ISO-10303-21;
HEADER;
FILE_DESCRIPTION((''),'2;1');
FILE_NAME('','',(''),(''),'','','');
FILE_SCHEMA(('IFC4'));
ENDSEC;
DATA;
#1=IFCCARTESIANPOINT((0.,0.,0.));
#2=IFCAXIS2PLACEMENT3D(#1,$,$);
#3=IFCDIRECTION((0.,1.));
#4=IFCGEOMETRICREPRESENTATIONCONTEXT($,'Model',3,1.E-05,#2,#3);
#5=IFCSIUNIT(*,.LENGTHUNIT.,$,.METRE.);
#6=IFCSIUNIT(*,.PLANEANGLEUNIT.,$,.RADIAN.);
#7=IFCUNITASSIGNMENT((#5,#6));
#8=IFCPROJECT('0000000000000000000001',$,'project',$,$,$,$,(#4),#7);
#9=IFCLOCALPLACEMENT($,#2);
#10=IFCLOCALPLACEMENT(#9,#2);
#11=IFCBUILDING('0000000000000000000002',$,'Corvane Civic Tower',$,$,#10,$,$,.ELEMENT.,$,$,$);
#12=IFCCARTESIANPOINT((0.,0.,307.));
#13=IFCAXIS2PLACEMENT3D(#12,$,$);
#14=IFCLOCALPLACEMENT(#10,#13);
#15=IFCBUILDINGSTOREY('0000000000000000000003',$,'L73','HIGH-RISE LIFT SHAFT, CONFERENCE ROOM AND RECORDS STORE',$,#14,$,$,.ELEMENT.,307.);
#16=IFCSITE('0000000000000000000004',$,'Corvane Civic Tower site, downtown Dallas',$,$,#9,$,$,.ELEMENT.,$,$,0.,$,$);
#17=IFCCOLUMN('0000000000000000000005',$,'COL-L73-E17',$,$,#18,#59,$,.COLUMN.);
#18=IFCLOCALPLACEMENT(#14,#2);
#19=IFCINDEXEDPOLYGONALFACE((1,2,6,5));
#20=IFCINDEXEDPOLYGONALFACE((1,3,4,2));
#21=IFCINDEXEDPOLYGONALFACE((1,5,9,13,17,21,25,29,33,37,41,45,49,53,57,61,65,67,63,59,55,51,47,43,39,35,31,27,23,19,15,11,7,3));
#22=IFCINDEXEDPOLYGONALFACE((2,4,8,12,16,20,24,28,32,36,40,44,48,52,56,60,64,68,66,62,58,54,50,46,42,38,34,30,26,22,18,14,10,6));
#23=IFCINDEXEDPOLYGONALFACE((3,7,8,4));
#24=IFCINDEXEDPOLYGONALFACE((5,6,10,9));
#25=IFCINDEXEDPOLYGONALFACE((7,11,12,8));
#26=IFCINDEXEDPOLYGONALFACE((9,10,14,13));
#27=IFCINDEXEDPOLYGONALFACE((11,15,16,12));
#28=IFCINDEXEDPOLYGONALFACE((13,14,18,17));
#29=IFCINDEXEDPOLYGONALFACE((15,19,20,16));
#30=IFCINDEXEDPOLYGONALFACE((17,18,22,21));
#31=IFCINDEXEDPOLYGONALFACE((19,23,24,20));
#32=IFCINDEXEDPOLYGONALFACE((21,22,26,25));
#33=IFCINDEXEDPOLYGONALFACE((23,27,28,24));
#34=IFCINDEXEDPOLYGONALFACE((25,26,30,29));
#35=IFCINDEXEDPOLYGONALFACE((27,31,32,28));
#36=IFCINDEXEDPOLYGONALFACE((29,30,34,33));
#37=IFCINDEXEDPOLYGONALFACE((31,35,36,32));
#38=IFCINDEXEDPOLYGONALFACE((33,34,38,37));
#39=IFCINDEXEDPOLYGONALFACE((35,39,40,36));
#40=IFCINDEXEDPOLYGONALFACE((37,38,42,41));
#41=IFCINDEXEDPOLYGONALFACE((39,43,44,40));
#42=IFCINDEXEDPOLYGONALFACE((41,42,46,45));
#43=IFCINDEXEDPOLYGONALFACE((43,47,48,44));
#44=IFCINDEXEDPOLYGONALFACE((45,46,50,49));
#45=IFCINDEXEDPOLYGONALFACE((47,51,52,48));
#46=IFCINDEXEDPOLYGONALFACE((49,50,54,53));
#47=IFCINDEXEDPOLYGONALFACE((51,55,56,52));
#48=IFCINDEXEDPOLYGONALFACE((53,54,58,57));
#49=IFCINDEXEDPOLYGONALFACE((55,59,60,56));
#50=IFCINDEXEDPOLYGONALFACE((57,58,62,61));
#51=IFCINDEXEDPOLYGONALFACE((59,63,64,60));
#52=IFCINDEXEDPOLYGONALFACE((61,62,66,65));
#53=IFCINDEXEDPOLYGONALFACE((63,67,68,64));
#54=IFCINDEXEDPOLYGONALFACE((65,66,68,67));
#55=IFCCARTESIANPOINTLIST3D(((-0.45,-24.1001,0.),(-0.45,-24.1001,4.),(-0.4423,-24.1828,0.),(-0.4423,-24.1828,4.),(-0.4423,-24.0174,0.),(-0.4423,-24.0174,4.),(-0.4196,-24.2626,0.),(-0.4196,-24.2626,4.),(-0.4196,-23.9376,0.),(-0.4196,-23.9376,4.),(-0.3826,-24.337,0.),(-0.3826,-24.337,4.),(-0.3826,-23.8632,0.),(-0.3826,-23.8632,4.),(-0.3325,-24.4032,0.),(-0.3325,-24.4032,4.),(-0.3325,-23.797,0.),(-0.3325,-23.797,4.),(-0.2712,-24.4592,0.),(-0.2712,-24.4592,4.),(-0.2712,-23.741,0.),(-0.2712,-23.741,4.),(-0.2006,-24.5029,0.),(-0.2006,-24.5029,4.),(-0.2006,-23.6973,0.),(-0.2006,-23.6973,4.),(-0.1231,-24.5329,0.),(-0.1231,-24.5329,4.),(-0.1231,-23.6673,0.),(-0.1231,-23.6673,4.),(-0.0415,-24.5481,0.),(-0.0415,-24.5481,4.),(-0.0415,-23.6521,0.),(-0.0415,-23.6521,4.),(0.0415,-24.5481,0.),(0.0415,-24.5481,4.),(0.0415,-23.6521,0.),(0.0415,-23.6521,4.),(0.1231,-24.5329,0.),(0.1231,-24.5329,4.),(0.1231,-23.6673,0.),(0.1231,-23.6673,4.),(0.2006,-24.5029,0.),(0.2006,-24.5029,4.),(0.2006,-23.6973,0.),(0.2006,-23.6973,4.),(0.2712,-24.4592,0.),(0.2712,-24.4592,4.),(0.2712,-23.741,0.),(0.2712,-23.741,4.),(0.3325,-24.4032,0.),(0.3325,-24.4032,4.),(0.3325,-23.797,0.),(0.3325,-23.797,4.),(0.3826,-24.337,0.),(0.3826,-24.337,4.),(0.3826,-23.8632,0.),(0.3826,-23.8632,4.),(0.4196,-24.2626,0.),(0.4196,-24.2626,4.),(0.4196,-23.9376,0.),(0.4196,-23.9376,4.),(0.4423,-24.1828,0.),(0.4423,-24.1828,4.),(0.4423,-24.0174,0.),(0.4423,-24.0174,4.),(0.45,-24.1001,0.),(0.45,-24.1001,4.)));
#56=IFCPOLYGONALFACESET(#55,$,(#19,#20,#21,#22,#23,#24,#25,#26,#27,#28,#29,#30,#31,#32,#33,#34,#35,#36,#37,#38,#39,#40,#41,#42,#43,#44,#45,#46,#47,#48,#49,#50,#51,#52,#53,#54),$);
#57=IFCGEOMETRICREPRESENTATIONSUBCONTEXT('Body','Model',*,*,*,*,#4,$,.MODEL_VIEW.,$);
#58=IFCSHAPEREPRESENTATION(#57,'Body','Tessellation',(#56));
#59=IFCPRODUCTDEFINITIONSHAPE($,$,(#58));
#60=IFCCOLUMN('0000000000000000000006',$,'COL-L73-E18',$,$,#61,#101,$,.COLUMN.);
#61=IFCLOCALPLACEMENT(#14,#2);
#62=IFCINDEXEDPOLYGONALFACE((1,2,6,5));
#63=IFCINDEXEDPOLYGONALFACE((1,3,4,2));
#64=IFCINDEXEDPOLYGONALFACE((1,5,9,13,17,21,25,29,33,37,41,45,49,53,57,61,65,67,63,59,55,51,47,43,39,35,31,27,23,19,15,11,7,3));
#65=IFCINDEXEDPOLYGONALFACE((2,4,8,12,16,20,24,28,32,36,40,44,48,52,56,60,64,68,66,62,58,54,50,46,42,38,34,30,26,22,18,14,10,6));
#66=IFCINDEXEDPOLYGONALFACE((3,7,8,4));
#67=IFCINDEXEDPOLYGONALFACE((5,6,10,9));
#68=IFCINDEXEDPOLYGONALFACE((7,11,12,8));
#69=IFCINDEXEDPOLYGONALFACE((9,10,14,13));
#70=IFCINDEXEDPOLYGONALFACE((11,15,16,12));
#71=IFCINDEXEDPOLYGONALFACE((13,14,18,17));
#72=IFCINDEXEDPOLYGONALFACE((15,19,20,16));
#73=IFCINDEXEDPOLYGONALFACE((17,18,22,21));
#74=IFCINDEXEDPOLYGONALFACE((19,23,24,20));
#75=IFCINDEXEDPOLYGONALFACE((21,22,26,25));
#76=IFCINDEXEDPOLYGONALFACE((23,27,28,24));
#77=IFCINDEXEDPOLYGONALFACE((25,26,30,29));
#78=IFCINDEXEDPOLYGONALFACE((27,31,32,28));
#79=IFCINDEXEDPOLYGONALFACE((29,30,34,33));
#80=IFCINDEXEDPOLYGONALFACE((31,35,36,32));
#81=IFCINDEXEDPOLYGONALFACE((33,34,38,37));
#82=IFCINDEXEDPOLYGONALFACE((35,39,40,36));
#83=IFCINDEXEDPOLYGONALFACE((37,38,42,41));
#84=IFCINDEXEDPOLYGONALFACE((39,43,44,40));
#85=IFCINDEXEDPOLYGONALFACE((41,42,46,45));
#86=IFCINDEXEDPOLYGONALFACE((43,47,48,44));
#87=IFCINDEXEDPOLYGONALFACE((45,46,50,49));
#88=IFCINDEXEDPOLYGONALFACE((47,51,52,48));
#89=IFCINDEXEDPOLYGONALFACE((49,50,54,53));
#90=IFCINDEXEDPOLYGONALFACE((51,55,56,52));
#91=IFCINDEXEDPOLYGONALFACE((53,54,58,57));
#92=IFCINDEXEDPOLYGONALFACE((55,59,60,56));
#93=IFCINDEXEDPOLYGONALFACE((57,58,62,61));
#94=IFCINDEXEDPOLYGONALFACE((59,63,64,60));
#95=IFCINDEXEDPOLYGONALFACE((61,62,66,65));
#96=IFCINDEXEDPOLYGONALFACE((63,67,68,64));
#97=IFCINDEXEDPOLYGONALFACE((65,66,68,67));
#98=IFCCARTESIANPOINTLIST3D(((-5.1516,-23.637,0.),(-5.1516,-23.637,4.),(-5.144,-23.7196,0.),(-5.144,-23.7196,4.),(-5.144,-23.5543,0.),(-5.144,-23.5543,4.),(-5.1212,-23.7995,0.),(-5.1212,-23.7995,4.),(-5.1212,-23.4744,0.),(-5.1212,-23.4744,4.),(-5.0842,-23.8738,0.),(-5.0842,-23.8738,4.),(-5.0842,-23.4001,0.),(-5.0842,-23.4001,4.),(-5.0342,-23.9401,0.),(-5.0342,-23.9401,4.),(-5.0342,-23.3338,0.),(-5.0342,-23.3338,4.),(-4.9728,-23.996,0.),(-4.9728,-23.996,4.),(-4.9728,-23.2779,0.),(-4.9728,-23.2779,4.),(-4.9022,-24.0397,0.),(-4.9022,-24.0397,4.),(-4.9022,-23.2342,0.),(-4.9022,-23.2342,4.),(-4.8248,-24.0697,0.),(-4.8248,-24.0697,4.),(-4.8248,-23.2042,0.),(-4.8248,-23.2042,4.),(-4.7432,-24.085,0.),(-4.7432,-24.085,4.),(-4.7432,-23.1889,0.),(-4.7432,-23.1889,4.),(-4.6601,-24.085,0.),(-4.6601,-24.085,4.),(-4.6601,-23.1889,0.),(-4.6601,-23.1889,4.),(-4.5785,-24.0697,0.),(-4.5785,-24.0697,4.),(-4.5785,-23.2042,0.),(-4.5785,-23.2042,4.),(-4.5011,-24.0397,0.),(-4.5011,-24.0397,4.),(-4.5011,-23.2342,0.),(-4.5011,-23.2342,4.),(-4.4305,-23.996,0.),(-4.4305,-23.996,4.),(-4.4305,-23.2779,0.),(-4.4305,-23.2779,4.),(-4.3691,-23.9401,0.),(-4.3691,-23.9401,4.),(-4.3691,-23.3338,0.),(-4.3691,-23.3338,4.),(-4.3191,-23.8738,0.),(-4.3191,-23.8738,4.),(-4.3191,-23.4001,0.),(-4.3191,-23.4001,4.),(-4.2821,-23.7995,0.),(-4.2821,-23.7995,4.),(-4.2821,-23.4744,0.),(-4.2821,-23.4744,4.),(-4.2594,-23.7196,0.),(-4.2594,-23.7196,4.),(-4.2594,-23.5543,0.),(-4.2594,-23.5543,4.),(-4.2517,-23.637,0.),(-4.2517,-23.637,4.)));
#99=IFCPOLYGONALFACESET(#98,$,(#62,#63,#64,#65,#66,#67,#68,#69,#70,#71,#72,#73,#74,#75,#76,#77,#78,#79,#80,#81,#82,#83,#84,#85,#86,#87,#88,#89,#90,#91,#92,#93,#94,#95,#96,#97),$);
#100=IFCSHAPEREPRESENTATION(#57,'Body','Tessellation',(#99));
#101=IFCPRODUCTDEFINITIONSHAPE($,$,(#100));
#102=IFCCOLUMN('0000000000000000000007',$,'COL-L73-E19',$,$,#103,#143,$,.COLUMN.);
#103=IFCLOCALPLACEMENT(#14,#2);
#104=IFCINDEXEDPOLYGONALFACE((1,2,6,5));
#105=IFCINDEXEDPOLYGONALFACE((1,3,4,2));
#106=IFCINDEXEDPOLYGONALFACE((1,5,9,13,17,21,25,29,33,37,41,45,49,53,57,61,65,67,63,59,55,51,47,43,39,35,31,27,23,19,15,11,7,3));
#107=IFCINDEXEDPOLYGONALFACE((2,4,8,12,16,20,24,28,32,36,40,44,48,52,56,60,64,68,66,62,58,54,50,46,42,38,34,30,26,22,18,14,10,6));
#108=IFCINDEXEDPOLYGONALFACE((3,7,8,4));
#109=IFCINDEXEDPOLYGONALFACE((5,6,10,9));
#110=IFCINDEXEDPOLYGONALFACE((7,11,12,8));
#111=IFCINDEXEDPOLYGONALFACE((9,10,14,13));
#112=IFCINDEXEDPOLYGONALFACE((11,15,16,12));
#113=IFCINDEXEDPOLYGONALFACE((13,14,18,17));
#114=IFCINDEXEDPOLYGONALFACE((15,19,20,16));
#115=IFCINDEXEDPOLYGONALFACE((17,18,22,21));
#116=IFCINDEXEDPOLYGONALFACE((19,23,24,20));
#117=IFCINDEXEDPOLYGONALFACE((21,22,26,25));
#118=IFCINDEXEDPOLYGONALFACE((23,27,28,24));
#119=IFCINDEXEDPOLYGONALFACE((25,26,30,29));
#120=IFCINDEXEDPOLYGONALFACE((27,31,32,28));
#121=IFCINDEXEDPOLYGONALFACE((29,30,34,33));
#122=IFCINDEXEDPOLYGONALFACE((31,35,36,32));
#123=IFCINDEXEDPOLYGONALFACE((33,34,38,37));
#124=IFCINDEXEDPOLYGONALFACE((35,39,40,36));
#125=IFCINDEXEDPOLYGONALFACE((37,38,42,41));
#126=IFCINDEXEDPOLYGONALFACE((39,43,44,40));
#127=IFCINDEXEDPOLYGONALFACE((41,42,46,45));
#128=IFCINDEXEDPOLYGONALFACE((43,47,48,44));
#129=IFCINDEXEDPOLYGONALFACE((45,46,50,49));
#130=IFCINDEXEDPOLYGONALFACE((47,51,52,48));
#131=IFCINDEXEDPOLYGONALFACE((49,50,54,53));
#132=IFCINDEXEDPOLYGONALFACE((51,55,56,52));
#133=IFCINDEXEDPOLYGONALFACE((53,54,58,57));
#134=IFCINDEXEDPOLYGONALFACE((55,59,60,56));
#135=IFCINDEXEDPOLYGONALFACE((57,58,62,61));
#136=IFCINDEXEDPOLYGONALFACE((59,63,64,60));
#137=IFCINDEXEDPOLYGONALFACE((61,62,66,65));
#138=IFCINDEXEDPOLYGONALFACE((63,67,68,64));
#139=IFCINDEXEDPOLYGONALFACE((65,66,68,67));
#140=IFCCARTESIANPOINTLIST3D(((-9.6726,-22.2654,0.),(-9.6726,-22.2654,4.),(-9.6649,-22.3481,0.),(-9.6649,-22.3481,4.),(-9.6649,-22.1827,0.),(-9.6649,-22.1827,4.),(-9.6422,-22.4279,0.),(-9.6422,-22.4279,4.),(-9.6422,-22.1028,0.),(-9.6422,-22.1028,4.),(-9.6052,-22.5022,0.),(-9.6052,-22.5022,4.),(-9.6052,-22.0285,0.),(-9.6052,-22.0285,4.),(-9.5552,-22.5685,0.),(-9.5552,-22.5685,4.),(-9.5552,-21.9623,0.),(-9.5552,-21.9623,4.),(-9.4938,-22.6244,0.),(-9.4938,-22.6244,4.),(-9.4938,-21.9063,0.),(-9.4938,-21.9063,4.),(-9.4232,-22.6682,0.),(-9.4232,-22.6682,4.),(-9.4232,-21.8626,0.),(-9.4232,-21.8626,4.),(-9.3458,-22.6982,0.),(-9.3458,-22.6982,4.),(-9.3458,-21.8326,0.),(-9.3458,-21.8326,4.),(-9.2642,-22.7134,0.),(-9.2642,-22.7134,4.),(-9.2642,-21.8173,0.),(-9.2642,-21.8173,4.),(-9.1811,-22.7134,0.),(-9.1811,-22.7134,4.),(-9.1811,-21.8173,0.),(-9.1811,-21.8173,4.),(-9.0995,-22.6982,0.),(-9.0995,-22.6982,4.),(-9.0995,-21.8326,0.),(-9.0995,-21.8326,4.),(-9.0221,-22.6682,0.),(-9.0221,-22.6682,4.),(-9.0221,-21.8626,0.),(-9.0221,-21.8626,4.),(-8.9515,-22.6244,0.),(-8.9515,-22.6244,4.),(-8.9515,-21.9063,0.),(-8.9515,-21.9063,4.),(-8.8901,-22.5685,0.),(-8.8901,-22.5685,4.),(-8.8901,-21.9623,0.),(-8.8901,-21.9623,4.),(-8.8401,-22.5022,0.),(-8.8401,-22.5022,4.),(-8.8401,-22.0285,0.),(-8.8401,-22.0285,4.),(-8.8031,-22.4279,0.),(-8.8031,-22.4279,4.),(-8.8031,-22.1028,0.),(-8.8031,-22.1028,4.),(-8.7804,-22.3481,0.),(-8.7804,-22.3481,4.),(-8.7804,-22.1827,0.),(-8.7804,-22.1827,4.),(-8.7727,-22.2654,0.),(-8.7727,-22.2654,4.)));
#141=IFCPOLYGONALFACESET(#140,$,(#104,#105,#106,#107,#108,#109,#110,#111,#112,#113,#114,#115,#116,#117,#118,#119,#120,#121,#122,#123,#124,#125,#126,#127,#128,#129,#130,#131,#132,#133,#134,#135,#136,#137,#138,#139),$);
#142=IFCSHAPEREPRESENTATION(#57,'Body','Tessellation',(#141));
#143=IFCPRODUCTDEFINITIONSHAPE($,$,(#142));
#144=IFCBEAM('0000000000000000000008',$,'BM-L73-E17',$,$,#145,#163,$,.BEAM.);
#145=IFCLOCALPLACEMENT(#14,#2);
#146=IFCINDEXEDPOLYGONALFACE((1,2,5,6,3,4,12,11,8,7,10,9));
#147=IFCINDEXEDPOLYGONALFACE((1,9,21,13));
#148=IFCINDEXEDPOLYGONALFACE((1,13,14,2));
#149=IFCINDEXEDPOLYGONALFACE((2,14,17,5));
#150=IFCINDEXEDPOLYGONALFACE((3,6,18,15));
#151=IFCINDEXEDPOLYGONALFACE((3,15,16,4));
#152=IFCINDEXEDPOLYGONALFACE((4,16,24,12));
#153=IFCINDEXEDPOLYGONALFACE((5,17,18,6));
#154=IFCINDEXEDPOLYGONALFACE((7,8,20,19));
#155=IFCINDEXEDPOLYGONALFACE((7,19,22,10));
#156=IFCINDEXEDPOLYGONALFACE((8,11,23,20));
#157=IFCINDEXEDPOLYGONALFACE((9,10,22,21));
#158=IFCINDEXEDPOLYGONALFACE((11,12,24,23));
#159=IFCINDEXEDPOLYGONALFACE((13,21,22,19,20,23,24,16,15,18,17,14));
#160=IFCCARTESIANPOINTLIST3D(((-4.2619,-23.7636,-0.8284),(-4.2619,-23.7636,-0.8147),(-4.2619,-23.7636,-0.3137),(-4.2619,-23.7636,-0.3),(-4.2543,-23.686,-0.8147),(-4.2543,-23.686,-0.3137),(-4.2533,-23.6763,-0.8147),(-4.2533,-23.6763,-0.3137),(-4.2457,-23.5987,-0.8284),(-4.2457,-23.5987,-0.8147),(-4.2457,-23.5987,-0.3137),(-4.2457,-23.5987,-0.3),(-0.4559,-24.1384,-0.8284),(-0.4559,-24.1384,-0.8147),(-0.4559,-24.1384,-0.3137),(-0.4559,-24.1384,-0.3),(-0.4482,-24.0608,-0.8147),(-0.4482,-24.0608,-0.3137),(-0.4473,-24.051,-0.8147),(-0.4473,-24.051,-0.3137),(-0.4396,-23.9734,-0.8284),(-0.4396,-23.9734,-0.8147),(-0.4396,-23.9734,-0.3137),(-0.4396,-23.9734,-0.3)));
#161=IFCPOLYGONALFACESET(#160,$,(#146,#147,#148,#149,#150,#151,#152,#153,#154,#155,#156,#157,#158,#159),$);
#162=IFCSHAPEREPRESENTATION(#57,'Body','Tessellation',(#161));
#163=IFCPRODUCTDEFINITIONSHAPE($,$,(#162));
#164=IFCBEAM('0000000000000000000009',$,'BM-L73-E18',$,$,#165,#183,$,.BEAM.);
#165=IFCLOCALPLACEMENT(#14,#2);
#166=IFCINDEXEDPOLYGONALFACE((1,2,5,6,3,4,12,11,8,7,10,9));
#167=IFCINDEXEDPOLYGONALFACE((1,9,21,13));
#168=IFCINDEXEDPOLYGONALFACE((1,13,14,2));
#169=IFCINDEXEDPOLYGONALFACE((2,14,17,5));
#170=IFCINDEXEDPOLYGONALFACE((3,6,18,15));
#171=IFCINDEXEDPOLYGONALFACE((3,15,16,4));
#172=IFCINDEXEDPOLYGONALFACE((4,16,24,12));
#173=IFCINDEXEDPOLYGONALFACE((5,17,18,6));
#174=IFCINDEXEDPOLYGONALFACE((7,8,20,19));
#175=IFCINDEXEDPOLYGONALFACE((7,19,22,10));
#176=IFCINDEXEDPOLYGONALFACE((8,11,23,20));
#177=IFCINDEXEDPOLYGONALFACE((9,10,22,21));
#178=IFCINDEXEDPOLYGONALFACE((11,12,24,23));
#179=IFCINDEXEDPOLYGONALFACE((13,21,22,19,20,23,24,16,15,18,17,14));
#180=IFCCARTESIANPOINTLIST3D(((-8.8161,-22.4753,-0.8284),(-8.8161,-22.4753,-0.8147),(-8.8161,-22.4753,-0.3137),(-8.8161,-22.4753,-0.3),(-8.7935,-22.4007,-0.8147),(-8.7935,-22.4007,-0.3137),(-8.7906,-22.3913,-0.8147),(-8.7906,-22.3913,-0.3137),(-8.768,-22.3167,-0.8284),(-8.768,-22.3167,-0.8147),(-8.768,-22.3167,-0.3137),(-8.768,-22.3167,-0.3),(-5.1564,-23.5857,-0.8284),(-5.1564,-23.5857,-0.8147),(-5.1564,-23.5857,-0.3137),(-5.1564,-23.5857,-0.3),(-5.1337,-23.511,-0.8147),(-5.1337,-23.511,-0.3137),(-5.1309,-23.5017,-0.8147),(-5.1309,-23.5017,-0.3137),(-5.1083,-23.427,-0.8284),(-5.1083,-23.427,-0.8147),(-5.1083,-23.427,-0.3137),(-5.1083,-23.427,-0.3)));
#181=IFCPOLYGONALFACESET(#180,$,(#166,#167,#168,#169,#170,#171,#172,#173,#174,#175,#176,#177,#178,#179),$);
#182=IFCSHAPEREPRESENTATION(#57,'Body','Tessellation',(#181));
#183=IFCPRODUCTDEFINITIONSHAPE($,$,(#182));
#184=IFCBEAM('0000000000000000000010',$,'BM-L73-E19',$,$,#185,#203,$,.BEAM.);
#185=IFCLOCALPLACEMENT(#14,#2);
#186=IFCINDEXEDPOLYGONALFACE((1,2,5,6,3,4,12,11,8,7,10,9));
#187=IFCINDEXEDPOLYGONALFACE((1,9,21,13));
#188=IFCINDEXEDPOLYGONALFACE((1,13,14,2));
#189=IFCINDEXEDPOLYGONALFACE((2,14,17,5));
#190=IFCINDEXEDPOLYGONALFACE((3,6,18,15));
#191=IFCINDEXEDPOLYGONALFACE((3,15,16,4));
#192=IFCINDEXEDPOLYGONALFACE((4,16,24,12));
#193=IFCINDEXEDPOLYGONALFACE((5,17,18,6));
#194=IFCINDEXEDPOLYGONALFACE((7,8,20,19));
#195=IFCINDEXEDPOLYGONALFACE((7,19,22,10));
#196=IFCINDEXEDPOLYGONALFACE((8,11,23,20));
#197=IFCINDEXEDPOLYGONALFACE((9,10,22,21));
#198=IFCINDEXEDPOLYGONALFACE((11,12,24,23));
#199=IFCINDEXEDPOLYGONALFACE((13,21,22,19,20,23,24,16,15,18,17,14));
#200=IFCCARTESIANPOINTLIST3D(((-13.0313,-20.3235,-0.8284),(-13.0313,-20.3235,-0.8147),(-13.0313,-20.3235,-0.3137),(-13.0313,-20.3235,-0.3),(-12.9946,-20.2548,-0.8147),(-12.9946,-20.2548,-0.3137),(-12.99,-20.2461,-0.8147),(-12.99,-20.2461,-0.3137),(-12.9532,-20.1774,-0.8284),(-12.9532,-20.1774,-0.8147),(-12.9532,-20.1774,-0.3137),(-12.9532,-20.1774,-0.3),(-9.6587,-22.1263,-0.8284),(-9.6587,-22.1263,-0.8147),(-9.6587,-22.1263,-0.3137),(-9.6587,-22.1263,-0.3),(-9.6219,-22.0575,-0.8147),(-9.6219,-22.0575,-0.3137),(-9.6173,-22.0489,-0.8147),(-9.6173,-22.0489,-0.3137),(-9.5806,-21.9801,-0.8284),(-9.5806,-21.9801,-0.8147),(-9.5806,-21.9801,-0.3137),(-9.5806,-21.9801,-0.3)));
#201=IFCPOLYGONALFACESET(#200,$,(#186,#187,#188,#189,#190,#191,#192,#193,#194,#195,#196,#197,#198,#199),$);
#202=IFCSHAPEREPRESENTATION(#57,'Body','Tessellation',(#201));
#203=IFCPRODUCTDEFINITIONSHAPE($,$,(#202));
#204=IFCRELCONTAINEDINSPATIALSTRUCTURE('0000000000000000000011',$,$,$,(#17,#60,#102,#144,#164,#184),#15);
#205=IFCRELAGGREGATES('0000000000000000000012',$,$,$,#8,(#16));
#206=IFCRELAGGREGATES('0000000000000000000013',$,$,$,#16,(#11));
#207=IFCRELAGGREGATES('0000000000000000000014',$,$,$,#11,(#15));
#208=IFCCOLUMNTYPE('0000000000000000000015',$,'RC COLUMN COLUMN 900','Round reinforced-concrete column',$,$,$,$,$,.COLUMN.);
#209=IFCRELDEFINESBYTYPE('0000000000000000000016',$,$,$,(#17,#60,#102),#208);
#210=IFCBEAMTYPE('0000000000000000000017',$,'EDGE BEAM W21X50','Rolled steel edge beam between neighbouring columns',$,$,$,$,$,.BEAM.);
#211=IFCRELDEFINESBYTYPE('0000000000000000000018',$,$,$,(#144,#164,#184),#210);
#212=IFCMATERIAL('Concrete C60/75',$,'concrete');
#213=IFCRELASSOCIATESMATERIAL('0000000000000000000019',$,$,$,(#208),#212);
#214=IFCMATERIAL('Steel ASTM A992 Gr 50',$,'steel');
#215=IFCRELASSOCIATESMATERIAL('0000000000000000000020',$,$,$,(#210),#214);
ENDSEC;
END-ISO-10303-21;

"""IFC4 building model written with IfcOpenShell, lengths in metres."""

from ifc_helpers import new_model, si_unit, direction, frame, origin, origin_2d, place, context, subcontext, project, spatial, circle, i_section, extrude, material, material_profile, profile_set, type_object, element, save


model = new_model("IFC4")

# Units and contexts
model_context = context("Model", 3, precision=1e-05, world=origin(), true_north=direction((0.0, 1.0)))
body_context = subcontext(model_context, "Body", "Model", "MODEL_VIEW")
ifc_project = project(units=[si_unit("LENGTHUNIT", "METRE"), si_unit("PLANEANGLEUNIT", "RADIAN")], contexts=[model_context])

# Site, building, storey
site_placement = place(None, origin())
site = spatial("IfcSite", under=ifc_project, at=site_placement, Name="Corvane Civic Tower site, downtown Dallas", CompositionType="ELEMENT", RefElevation=0.0)
building_placement = place(site_placement, origin())
building = spatial("IfcBuilding", under=site, at=building_placement, Name="Corvane Civic Tower", CompositionType="ELEMENT")
storey_placement = place(building_placement, frame((0.0, 0.0, 307.0)))
storey = spatial("IfcBuildingStorey", under=building, at=storey_placement, Name="L73", Description="HIGH-RISE LIFT SHAFT, CONFERENCE ROOM AND RECORDS STORE", CompositionType="ELEMENT", Elevation=307.0)

# Columns
ifc_material_1 = material(Name="Concrete C60/75", Category="concrete")
ifc_material_profile_1 = material_profile(ifc_material_1, circle(Radius=0.45, at=origin_2d()), Name="COLUMN 900")
ifc_profile_set_1 = profile_set([ifc_material_profile_1], Name="Concrete C60/75")
column_type = type_object("IfcColumnType", Name="RC COLUMN COLUMN 900", Description="Round reinforced-concrete column", PredefinedType="COLUMN", material=ifc_profile_set_1)
for number, where, z_axis, x_axis, name in (
    (1, (0.0, -24.1001, 0.0), (0.0, 0.0, 1.0), (1.0, 0.0, 0.0), "COL-L73-E17"),
    (2, (-4.7017, -23.637, 0.0), (0.0, 0.0, 1.0), (1.0, 0.0, 0.0), "COL-L73-E18"),
    (3, (-9.2227, -22.2654, 0.0), (0.0, 0.0, 1.0), (1.0, 0.0, 0.0), "COL-L73-E19"),
):
    element("IfcColumn", number, at=place(storey_placement, frame(where, z_axis=z_axis, x_axis=x_axis)), inside=storey, type_object=column_type, Name=name, PredefinedType="COLUMN", context=body_context, shape_type="SweptSolid", body=[
        extrude(circle(Radius=0.45, at=origin_2d()), origin(), (0.0, 0.0, 1.0), 4.0),
    ])

# Beams
ifc_material_2 = material(Name="Steel ASTM A992 Gr 50", Category="steel")
ifc_material_profile_2 = material_profile(ifc_material_2, i_section(OverallWidth=0.1658, OverallDepth=0.5283, WebThickness=0.0098, FlangeThickness=0.0137, at=origin_2d()), Name="W21X50")
ifc_profile_set_2 = profile_set([ifc_material_profile_2], Name="Steel ASTM A992 Gr 50")
beam_type_1 = type_object("IfcBeamType", Name="EDGE BEAM W21X50", Description="Rolled steel edge beam between neighbouring columns", PredefinedType="BEAM", material=ifc_profile_set_2)
for number, where, z_axis, x_axis, name in (
    (4, (-0.4478, -24.0559, -0.5642), (-0.995188, 0.097987, 0.0), (-0.097987, -0.995188, 0.0), "BM-L73-E17"),
    (5, (-5.1323, -23.5063, -0.5642), (-0.956926, 0.290333, 0.0), (-0.290333, -0.956926, 0.0), "BM-L73-E18"),
):
    element("IfcBeam", number, at=place(storey_placement, frame(where, z_axis=z_axis, x_axis=x_axis)), inside=storey, type_object=beam_type_1, Name=name, PredefinedType="BEAM", context=body_context, shape_type="SweptSolid", body=[
        extrude(i_section(OverallWidth=0.1658, OverallDepth=0.5283, WebThickness=0.0098, FlangeThickness=0.0137, at=origin_2d()), origin(), (0.0, 0.0, 1.0), 3.8245),
    ])
beam_1_placement = place(storey_placement, frame((-9.6196, -22.0532, -0.5642), z_axis=(-0.881914, 0.47141, 0.0), x_axis=(-0.47141, -0.881914, 0.0)))
element("IfcBeam", 6, at=beam_1_placement, inside=storey, type_object=beam_type_1, Name="BM-L73-E19", PredefinedType="BEAM", context=body_context, shape_type="SweptSolid", body=[
    extrude(i_section(OverallWidth=0.1658, OverallDepth=0.5283, WebThickness=0.0098, FlangeThickness=0.0137, at=origin_2d()), origin(), (0.0, 0.0, 1.0), 3.8242),
])

save(model, "model.ifc")
